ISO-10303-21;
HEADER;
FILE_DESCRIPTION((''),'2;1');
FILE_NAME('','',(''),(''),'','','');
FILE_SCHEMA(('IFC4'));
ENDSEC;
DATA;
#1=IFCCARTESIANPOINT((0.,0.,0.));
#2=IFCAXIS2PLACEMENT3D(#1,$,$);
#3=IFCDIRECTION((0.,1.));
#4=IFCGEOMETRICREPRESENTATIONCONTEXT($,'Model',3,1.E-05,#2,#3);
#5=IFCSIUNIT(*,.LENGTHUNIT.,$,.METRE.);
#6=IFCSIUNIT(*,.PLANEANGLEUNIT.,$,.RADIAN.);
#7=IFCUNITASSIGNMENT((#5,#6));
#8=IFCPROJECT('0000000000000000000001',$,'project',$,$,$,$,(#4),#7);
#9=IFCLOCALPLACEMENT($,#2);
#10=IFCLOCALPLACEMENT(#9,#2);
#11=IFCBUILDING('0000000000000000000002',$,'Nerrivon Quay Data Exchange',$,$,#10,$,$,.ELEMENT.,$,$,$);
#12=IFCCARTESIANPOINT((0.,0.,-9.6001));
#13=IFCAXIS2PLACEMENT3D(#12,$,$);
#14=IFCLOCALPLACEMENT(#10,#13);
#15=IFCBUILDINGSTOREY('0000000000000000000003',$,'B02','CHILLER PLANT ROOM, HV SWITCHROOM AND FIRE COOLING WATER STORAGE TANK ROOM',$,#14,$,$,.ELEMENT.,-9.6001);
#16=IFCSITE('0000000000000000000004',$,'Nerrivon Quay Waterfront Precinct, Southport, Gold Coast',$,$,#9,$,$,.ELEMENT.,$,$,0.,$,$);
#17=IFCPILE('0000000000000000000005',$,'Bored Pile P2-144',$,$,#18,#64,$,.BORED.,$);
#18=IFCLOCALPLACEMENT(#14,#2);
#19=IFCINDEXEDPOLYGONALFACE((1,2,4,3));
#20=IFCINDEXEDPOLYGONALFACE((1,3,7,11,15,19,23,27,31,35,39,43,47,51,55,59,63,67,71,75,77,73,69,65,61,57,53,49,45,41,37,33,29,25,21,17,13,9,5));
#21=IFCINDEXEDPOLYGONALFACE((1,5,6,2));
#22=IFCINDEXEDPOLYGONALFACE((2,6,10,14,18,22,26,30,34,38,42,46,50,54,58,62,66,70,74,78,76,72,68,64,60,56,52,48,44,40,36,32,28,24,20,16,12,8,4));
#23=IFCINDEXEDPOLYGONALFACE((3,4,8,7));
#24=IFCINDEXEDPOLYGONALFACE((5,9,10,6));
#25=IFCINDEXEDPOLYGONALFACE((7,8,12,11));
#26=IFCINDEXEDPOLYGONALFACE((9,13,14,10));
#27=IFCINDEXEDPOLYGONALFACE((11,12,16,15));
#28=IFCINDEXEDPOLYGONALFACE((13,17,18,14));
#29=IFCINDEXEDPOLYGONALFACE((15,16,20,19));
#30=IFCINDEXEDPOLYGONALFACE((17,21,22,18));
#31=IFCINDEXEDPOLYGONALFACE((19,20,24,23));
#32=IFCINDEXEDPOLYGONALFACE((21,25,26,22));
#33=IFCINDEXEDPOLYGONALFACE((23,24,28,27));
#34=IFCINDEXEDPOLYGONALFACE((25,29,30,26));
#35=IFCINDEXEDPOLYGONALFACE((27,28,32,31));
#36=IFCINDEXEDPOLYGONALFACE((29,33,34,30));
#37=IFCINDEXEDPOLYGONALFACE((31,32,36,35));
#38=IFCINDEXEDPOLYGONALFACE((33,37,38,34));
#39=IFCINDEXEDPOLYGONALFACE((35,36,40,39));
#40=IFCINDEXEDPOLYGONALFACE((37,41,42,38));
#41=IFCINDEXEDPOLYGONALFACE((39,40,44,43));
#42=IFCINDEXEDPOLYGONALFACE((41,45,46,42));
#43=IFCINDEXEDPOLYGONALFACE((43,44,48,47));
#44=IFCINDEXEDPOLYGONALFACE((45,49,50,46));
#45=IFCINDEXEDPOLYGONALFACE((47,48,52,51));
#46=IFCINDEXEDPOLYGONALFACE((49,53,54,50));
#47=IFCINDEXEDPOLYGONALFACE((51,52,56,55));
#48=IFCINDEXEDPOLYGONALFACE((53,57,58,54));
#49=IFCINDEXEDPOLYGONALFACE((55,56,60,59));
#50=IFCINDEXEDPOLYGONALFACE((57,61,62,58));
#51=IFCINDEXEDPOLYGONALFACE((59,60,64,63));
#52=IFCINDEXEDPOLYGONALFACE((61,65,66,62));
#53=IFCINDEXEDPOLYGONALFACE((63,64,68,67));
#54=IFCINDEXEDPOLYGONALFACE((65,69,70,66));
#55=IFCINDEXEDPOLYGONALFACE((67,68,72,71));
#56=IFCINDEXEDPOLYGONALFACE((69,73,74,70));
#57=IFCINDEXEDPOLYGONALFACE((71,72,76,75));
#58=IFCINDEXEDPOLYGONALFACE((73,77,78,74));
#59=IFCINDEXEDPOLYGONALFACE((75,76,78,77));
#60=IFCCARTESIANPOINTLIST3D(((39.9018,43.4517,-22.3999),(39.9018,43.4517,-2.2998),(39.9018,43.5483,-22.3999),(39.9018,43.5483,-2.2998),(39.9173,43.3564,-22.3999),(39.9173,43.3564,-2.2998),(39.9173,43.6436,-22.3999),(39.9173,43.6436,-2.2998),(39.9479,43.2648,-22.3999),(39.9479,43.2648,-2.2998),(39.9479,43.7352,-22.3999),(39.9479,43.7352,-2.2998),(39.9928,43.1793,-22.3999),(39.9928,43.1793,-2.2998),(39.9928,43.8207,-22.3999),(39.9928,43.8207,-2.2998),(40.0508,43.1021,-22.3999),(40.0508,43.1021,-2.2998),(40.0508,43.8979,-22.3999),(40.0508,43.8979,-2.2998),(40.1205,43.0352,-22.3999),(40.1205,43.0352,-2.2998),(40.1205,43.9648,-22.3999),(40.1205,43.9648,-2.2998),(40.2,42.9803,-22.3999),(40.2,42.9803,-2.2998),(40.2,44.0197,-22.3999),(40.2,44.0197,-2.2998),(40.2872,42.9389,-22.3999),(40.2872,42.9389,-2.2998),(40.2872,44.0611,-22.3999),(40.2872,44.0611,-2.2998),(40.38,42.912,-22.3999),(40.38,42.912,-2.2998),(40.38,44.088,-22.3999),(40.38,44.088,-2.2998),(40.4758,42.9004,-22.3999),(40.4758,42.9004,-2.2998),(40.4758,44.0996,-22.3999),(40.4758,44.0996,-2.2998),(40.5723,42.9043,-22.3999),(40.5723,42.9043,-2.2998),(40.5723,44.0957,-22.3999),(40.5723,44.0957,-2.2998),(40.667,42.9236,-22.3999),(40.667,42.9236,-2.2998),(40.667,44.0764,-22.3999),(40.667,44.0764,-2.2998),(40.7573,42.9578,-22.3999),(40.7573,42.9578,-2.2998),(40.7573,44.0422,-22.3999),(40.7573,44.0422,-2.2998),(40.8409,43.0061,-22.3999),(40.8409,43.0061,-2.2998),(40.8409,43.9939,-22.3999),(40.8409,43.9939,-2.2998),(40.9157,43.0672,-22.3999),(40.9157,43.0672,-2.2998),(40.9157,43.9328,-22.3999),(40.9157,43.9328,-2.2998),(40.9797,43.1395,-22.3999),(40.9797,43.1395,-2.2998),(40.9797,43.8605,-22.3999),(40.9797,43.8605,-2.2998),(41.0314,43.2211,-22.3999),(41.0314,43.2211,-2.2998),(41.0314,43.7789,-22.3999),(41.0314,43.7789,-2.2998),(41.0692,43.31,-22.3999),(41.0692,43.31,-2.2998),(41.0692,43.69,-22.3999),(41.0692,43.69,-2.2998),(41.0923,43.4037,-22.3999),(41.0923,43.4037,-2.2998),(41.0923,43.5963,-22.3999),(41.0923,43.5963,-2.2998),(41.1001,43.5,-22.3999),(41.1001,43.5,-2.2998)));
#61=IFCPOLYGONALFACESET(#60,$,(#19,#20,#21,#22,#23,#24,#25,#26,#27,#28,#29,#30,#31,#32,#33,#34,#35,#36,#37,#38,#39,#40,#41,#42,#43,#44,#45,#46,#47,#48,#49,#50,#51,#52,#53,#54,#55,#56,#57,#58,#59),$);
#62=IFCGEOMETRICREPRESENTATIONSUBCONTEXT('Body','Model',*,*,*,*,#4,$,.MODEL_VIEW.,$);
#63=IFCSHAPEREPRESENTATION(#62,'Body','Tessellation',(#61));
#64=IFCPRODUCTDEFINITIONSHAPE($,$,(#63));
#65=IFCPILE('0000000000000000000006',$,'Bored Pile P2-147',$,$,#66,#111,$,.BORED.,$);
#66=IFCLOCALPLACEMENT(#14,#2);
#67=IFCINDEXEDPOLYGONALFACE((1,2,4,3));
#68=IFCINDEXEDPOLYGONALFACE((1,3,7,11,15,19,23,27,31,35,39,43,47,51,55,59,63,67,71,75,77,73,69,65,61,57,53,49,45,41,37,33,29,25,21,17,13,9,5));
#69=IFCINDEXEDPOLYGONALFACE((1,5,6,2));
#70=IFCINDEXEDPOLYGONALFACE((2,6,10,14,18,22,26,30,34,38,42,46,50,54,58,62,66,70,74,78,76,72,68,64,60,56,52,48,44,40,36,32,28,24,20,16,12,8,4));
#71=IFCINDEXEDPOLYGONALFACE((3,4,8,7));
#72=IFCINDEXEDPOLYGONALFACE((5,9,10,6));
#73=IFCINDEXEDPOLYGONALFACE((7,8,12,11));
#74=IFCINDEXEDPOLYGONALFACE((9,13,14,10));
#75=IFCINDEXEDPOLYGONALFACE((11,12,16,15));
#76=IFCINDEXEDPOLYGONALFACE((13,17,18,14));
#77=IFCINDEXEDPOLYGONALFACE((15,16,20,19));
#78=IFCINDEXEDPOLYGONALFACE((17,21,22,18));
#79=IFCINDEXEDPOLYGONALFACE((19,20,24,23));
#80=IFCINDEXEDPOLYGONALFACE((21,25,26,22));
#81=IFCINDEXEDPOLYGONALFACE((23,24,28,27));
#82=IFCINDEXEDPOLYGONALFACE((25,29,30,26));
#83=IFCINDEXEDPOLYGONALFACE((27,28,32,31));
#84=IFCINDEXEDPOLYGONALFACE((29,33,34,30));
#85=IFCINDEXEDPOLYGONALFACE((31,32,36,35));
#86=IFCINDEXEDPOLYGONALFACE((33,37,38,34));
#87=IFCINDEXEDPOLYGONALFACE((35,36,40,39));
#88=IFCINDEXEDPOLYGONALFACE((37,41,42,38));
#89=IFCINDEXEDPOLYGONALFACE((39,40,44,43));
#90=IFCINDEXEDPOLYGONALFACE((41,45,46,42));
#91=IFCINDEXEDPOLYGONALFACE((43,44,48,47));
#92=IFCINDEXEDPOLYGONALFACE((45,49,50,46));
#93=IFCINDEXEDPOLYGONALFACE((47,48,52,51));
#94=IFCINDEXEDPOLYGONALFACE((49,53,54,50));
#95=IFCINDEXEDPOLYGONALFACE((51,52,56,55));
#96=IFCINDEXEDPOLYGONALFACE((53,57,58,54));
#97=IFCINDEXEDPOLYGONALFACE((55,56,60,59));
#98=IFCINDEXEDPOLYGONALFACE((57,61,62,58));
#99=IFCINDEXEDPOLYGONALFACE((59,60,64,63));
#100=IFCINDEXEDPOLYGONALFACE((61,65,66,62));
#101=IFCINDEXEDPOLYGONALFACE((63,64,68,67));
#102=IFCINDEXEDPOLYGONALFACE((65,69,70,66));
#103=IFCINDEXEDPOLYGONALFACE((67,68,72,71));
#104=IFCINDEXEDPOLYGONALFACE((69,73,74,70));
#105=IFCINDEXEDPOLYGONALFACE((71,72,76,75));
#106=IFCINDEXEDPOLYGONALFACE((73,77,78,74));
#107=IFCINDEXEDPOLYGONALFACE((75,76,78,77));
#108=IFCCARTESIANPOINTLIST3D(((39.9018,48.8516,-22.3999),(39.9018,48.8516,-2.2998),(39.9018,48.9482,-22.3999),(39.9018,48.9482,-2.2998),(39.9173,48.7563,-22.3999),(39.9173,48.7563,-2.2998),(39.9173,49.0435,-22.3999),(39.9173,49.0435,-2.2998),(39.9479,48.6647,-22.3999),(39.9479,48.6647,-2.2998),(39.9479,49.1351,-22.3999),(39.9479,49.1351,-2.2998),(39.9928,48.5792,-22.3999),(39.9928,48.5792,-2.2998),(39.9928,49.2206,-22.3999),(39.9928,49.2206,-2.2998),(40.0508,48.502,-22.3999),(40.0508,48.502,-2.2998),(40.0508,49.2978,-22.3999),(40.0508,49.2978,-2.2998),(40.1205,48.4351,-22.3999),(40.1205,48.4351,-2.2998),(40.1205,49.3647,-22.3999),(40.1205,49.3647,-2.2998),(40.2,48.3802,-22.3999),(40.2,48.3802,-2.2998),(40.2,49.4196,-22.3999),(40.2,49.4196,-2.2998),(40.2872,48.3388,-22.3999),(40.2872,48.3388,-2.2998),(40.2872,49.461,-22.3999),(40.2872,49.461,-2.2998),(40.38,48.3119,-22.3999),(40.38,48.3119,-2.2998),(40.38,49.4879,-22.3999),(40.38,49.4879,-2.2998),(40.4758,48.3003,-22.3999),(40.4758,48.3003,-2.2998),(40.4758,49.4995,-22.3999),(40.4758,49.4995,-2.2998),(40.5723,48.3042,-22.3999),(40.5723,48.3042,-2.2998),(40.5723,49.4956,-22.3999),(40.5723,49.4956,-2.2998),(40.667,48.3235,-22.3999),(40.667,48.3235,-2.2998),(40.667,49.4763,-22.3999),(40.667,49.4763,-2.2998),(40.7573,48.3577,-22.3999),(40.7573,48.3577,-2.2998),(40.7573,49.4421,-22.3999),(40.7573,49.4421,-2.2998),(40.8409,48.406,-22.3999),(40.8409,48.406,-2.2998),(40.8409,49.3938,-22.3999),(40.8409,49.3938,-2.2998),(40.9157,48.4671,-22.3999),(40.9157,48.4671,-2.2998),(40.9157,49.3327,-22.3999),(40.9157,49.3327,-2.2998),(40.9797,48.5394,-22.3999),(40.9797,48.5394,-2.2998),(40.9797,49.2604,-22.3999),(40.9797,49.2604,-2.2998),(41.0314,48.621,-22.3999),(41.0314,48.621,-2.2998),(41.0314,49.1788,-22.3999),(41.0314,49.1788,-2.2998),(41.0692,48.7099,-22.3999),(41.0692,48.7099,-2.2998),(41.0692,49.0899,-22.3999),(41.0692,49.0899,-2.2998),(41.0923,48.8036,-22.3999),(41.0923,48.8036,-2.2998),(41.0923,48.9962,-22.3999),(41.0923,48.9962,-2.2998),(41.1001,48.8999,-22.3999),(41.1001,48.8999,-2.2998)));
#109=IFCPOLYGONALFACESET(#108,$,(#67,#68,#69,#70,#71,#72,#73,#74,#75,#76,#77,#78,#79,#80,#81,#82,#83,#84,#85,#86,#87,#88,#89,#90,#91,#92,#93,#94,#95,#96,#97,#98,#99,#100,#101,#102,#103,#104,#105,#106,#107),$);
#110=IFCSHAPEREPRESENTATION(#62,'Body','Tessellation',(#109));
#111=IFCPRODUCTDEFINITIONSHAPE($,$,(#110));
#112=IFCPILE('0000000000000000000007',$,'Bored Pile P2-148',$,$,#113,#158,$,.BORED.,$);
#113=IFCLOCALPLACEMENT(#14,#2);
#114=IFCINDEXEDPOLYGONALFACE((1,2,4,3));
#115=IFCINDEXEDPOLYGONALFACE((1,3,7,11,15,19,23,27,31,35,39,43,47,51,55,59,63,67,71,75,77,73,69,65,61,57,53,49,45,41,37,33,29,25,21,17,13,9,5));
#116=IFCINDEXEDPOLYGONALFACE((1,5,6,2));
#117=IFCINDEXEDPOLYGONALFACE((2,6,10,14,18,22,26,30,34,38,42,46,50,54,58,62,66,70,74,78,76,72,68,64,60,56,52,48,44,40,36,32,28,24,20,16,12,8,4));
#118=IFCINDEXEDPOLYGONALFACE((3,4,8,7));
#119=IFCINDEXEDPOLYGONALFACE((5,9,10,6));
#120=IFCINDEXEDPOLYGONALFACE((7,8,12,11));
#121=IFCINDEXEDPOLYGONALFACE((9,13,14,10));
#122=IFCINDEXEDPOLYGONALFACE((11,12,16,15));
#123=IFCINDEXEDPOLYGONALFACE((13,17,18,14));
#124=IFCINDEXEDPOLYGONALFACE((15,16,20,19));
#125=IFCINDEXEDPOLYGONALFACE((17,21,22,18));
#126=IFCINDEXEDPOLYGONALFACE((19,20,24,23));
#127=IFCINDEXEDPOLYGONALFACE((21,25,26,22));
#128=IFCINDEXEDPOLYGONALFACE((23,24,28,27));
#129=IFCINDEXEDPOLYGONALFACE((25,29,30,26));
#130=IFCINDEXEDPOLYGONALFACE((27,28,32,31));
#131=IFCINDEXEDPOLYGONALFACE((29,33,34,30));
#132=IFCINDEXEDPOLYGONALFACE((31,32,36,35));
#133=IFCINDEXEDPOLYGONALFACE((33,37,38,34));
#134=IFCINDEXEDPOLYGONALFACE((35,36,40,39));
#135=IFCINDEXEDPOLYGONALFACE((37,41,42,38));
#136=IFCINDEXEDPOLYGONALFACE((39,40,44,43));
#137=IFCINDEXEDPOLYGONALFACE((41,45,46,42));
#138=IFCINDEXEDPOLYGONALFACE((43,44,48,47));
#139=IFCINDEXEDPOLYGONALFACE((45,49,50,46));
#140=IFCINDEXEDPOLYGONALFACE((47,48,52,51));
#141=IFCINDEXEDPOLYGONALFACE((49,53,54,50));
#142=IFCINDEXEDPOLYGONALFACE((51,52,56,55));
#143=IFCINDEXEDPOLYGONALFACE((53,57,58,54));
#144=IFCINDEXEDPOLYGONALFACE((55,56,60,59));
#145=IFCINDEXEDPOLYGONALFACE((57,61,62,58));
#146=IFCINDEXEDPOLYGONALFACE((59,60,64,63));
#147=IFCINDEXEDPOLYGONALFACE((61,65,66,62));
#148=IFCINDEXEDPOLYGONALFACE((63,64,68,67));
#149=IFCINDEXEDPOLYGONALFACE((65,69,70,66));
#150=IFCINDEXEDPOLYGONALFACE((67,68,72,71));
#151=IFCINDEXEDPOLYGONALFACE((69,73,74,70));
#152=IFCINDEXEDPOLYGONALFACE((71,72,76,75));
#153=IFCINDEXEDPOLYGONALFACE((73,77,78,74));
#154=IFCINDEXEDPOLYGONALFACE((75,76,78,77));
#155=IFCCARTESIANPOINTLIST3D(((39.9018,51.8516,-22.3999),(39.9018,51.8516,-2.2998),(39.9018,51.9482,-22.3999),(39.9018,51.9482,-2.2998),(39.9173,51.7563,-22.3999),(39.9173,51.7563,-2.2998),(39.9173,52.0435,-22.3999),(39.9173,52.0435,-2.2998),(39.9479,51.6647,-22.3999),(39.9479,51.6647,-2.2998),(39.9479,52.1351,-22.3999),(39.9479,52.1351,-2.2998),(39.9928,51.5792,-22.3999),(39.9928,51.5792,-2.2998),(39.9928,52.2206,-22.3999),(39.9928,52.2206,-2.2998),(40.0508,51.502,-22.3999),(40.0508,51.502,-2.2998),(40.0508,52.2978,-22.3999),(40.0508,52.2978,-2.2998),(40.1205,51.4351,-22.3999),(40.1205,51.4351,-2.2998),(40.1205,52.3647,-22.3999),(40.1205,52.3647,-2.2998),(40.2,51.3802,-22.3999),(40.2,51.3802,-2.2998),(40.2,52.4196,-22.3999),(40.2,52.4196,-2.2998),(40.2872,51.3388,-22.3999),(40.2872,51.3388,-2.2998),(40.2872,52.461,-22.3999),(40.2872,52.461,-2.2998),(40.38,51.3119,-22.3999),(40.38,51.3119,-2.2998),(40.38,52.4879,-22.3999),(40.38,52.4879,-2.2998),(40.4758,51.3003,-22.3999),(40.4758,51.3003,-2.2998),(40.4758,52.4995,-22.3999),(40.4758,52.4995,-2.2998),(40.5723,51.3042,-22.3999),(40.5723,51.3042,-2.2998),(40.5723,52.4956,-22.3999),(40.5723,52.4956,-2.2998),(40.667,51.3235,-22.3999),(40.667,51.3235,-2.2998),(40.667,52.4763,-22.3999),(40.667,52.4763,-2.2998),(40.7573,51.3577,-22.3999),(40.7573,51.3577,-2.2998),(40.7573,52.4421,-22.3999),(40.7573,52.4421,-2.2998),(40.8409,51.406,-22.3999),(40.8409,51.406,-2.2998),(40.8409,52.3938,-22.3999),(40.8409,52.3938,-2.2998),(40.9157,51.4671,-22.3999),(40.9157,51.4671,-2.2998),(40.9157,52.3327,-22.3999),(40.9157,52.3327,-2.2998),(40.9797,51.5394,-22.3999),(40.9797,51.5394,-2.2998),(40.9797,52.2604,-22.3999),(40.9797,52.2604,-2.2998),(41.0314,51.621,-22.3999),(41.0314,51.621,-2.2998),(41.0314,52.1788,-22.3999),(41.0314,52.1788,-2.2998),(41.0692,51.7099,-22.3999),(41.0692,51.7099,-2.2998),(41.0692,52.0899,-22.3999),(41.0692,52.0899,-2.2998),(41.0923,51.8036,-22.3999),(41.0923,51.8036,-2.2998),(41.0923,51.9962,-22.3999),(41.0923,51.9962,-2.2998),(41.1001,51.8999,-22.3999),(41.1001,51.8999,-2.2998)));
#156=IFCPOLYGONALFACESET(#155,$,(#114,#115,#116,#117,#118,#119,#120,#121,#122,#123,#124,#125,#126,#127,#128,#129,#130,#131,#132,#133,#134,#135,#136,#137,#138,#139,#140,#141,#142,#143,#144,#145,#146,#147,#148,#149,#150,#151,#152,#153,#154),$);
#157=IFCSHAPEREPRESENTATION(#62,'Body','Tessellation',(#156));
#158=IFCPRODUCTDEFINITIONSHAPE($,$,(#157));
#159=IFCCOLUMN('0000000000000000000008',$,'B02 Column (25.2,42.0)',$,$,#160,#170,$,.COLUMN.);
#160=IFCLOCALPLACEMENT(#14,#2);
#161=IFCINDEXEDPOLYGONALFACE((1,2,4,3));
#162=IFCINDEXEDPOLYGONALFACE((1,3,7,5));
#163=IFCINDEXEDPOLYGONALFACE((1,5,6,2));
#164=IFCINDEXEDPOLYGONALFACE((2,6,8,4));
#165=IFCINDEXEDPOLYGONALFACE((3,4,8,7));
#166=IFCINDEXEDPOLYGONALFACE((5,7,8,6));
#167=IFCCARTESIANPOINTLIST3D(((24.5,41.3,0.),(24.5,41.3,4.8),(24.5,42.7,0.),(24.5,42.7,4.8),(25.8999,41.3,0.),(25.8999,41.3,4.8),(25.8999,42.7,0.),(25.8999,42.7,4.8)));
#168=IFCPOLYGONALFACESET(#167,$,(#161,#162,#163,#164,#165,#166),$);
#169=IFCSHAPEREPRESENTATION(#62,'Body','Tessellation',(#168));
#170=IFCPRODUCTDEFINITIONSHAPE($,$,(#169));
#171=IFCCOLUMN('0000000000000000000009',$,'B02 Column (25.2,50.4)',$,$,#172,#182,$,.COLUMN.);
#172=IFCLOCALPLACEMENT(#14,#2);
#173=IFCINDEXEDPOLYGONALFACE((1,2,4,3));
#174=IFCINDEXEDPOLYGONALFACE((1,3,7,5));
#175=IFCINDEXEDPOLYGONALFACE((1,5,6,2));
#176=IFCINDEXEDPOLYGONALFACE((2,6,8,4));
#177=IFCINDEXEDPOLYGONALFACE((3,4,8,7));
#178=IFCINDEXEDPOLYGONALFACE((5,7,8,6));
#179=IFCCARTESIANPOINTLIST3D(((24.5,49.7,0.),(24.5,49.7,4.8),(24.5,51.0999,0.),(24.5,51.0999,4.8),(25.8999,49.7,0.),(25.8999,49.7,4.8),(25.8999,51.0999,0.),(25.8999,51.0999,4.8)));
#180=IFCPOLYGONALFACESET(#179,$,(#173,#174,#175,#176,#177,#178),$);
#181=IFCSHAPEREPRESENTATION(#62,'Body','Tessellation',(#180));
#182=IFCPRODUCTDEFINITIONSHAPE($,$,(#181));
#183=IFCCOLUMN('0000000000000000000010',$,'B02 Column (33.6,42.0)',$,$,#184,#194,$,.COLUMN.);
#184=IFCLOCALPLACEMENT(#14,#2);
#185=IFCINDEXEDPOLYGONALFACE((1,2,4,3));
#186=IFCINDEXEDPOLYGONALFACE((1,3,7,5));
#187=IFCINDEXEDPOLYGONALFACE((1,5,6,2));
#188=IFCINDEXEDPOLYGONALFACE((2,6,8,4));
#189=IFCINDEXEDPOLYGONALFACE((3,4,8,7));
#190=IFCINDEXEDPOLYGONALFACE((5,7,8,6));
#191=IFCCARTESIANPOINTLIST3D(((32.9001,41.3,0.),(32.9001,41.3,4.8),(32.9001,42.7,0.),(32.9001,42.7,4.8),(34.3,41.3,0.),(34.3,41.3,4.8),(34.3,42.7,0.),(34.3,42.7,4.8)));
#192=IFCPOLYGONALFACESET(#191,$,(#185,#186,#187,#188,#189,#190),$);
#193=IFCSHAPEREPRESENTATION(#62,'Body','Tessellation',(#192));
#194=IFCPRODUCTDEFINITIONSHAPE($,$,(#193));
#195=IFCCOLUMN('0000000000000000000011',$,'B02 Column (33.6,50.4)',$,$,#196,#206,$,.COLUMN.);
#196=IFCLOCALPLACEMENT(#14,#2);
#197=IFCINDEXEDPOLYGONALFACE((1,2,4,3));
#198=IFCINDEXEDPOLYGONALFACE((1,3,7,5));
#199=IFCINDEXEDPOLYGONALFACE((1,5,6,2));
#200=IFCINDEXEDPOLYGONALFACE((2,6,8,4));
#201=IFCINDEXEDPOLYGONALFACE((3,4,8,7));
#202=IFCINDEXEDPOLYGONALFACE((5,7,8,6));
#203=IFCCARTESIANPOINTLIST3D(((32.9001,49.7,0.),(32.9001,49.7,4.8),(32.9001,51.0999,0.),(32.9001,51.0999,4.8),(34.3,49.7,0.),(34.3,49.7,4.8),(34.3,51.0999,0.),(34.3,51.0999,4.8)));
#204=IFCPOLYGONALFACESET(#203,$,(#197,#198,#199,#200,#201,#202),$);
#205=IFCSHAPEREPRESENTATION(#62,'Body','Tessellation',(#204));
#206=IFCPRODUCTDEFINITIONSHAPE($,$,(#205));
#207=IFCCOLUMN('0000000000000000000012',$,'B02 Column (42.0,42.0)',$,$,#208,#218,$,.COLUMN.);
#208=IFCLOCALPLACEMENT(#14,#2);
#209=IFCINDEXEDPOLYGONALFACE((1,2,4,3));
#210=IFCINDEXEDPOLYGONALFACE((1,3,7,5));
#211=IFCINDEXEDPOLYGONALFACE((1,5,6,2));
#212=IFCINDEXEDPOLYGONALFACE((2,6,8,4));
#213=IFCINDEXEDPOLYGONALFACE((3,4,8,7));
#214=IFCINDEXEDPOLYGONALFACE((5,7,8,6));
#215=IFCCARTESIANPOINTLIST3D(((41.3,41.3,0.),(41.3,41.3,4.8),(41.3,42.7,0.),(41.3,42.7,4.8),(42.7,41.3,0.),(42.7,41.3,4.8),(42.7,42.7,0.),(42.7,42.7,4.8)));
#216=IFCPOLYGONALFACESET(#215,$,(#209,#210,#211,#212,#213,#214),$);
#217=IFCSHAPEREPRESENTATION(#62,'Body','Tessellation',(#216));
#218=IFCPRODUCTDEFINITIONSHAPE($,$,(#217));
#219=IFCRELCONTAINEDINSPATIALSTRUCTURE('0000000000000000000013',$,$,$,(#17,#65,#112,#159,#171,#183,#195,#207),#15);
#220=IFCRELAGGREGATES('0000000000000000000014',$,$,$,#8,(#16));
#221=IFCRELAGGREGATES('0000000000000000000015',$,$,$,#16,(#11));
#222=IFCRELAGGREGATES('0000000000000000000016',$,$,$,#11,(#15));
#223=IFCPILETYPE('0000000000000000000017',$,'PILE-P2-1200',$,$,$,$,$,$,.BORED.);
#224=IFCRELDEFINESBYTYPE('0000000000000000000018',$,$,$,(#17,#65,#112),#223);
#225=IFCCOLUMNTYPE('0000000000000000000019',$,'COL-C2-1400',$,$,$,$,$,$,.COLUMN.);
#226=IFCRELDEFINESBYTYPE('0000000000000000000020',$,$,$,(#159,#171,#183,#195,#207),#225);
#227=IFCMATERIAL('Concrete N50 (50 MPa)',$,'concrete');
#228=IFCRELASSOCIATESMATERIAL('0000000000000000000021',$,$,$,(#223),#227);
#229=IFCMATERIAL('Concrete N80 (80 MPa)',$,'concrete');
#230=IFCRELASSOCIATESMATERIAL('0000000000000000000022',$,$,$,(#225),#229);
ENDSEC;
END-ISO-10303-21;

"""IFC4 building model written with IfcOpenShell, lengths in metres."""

from ifc_helpers import new_model, si_unit, direction, frame, origin, origin_2d, place, context, subcontext, project, spatial, rectangle, circle, extrude, material, material_profile, profile_set, type_object, element, save


model = new_model("IFC4")

# Units and contexts
model_context = context("Model", 3, precision=1e-05, world=origin(), true_north=direction((0.0, 1.0)))
body_context = subcontext(model_context, "Body", "Model", "MODEL_VIEW")
ifc_project = project(units=[si_unit("LENGTHUNIT", "METRE"), si_unit("PLANEANGLEUNIT", "RADIAN")], contexts=[model_context])

# Site, building, storey
site_placement = place(None, origin())
site = spatial("IfcSite", under=ifc_project, at=site_placement, Name="Nerrivon Quay Waterfront Precinct, Southport, Gold Coast", CompositionType="ELEMENT", RefElevation=0.0)
building_placement = place(site_placement, origin())
building = spatial("IfcBuilding", under=site, at=building_placement, Name="Nerrivon Quay Data Exchange", CompositionType="ELEMENT")
storey_placement = place(building_placement, frame((0.0, 0.0, -9.6001)))
storey = spatial("IfcBuildingStorey", under=building, at=storey_placement, Name="B02", Description="CHILLER PLANT ROOM, HV SWITCHROOM AND FIRE COOLING WATER STORAGE TANK ROOM", CompositionType="ELEMENT", Elevation=-9.6001)

# Piles
ifc_material_1 = material(Name="Concrete N50 (50 MPa)", Category="concrete")
ifc_material_profile_1 = material_profile(ifc_material_1, circle(Radius=0.6001, at=origin_2d()), Name="PILE-1200")
ifc_profile_set_1 = profile_set([ifc_material_profile_1], Name="Concrete N50 (50 MPa)")
pile_type = type_object("IfcPileType", Name="PILE-P2-1200", PredefinedType="BORED", material=ifc_profile_set_1)
for number, where, z_axis, x_axis, name in (
    (1, (40.5, 43.5, -2.2998), (0.0, 0.0, -1.0), (1.0, 0.0, 0.0), "Bored Pile P2-144"),
    (2, (40.5, 48.8999, -2.2998), (0.0, 0.0, -1.0), (1.0, 0.0, 0.0), "Bored Pile P2-147"),
    (3, (40.5, 51.8999, -2.2998), (0.0, 0.0, -1.0), (1.0, 0.0, 0.0), "Bored Pile P2-148"),
):
    element("IfcPile", number, at=place(storey_placement, frame(where, z_axis=z_axis, x_axis=x_axis)), inside=storey, type_object=pile_type, Name=name, PredefinedType="BORED", context=body_context, shape_type="SweptSolid", body=[
        extrude(circle(Radius=0.6001, at=origin_2d()), origin(), (0.0, 0.0, 1.0), 20.1001),
    ])

# Columns
ifc_material_2 = material(Name="Concrete N80 (80 MPa)", Category="concrete")
ifc_material_profile_2 = material_profile(ifc_material_2, rectangle(XDim=1.3999, YDim=1.3999, at=origin_2d()), Name="RC-COL-1400x1400")
ifc_profile_set_2 = profile_set([ifc_material_profile_2], Name="Concrete N80 (80 MPa)")
column_type = type_object("IfcColumnType", Name="COL-C2-1400", PredefinedType="COLUMN", material=ifc_profile_set_2)
for number, where, z_axis, x_axis, name in (
    (4, (25.2, 42.0, 0.0), (0.0, 0.0, 1.0), (1.0, 0.0, 0.0), "B02 Column (25.2,42.0)"),
    (5, (25.2, 50.3999, 0.0), (0.0, 0.0, 1.0), (1.0, 0.0, 0.0), "B02 Column (25.2,50.4)"),
    (6, (33.6001, 42.0, 0.0), (0.0, 0.0, 1.0), (1.0, 0.0, 0.0), "B02 Column (33.6,42.0)"),
    (7, (33.6001, 50.3999, 0.0), (0.0, 0.0, 1.0), (1.0, 0.0, 0.0), "B02 Column (33.6,50.4)"),
    (8, (42.0, 42.0, 0.0), (0.0, 0.0, 1.0), (1.0, 0.0, 0.0), "B02 Column (42.0,42.0)"),
):
    element("IfcColumn", number, at=place(storey_placement, frame(where, z_axis=z_axis, x_axis=x_axis)), inside=storey, type_object=column_type, Name=name, PredefinedType="COLUMN", context=body_context, shape_type="SweptSolid", body=[
        extrude(rectangle(XDim=1.3999, YDim=1.3999, at=origin_2d()), origin(), (0.0, 0.0, 1.0), 4.8),
    ])

save(model, "model.ifc")
